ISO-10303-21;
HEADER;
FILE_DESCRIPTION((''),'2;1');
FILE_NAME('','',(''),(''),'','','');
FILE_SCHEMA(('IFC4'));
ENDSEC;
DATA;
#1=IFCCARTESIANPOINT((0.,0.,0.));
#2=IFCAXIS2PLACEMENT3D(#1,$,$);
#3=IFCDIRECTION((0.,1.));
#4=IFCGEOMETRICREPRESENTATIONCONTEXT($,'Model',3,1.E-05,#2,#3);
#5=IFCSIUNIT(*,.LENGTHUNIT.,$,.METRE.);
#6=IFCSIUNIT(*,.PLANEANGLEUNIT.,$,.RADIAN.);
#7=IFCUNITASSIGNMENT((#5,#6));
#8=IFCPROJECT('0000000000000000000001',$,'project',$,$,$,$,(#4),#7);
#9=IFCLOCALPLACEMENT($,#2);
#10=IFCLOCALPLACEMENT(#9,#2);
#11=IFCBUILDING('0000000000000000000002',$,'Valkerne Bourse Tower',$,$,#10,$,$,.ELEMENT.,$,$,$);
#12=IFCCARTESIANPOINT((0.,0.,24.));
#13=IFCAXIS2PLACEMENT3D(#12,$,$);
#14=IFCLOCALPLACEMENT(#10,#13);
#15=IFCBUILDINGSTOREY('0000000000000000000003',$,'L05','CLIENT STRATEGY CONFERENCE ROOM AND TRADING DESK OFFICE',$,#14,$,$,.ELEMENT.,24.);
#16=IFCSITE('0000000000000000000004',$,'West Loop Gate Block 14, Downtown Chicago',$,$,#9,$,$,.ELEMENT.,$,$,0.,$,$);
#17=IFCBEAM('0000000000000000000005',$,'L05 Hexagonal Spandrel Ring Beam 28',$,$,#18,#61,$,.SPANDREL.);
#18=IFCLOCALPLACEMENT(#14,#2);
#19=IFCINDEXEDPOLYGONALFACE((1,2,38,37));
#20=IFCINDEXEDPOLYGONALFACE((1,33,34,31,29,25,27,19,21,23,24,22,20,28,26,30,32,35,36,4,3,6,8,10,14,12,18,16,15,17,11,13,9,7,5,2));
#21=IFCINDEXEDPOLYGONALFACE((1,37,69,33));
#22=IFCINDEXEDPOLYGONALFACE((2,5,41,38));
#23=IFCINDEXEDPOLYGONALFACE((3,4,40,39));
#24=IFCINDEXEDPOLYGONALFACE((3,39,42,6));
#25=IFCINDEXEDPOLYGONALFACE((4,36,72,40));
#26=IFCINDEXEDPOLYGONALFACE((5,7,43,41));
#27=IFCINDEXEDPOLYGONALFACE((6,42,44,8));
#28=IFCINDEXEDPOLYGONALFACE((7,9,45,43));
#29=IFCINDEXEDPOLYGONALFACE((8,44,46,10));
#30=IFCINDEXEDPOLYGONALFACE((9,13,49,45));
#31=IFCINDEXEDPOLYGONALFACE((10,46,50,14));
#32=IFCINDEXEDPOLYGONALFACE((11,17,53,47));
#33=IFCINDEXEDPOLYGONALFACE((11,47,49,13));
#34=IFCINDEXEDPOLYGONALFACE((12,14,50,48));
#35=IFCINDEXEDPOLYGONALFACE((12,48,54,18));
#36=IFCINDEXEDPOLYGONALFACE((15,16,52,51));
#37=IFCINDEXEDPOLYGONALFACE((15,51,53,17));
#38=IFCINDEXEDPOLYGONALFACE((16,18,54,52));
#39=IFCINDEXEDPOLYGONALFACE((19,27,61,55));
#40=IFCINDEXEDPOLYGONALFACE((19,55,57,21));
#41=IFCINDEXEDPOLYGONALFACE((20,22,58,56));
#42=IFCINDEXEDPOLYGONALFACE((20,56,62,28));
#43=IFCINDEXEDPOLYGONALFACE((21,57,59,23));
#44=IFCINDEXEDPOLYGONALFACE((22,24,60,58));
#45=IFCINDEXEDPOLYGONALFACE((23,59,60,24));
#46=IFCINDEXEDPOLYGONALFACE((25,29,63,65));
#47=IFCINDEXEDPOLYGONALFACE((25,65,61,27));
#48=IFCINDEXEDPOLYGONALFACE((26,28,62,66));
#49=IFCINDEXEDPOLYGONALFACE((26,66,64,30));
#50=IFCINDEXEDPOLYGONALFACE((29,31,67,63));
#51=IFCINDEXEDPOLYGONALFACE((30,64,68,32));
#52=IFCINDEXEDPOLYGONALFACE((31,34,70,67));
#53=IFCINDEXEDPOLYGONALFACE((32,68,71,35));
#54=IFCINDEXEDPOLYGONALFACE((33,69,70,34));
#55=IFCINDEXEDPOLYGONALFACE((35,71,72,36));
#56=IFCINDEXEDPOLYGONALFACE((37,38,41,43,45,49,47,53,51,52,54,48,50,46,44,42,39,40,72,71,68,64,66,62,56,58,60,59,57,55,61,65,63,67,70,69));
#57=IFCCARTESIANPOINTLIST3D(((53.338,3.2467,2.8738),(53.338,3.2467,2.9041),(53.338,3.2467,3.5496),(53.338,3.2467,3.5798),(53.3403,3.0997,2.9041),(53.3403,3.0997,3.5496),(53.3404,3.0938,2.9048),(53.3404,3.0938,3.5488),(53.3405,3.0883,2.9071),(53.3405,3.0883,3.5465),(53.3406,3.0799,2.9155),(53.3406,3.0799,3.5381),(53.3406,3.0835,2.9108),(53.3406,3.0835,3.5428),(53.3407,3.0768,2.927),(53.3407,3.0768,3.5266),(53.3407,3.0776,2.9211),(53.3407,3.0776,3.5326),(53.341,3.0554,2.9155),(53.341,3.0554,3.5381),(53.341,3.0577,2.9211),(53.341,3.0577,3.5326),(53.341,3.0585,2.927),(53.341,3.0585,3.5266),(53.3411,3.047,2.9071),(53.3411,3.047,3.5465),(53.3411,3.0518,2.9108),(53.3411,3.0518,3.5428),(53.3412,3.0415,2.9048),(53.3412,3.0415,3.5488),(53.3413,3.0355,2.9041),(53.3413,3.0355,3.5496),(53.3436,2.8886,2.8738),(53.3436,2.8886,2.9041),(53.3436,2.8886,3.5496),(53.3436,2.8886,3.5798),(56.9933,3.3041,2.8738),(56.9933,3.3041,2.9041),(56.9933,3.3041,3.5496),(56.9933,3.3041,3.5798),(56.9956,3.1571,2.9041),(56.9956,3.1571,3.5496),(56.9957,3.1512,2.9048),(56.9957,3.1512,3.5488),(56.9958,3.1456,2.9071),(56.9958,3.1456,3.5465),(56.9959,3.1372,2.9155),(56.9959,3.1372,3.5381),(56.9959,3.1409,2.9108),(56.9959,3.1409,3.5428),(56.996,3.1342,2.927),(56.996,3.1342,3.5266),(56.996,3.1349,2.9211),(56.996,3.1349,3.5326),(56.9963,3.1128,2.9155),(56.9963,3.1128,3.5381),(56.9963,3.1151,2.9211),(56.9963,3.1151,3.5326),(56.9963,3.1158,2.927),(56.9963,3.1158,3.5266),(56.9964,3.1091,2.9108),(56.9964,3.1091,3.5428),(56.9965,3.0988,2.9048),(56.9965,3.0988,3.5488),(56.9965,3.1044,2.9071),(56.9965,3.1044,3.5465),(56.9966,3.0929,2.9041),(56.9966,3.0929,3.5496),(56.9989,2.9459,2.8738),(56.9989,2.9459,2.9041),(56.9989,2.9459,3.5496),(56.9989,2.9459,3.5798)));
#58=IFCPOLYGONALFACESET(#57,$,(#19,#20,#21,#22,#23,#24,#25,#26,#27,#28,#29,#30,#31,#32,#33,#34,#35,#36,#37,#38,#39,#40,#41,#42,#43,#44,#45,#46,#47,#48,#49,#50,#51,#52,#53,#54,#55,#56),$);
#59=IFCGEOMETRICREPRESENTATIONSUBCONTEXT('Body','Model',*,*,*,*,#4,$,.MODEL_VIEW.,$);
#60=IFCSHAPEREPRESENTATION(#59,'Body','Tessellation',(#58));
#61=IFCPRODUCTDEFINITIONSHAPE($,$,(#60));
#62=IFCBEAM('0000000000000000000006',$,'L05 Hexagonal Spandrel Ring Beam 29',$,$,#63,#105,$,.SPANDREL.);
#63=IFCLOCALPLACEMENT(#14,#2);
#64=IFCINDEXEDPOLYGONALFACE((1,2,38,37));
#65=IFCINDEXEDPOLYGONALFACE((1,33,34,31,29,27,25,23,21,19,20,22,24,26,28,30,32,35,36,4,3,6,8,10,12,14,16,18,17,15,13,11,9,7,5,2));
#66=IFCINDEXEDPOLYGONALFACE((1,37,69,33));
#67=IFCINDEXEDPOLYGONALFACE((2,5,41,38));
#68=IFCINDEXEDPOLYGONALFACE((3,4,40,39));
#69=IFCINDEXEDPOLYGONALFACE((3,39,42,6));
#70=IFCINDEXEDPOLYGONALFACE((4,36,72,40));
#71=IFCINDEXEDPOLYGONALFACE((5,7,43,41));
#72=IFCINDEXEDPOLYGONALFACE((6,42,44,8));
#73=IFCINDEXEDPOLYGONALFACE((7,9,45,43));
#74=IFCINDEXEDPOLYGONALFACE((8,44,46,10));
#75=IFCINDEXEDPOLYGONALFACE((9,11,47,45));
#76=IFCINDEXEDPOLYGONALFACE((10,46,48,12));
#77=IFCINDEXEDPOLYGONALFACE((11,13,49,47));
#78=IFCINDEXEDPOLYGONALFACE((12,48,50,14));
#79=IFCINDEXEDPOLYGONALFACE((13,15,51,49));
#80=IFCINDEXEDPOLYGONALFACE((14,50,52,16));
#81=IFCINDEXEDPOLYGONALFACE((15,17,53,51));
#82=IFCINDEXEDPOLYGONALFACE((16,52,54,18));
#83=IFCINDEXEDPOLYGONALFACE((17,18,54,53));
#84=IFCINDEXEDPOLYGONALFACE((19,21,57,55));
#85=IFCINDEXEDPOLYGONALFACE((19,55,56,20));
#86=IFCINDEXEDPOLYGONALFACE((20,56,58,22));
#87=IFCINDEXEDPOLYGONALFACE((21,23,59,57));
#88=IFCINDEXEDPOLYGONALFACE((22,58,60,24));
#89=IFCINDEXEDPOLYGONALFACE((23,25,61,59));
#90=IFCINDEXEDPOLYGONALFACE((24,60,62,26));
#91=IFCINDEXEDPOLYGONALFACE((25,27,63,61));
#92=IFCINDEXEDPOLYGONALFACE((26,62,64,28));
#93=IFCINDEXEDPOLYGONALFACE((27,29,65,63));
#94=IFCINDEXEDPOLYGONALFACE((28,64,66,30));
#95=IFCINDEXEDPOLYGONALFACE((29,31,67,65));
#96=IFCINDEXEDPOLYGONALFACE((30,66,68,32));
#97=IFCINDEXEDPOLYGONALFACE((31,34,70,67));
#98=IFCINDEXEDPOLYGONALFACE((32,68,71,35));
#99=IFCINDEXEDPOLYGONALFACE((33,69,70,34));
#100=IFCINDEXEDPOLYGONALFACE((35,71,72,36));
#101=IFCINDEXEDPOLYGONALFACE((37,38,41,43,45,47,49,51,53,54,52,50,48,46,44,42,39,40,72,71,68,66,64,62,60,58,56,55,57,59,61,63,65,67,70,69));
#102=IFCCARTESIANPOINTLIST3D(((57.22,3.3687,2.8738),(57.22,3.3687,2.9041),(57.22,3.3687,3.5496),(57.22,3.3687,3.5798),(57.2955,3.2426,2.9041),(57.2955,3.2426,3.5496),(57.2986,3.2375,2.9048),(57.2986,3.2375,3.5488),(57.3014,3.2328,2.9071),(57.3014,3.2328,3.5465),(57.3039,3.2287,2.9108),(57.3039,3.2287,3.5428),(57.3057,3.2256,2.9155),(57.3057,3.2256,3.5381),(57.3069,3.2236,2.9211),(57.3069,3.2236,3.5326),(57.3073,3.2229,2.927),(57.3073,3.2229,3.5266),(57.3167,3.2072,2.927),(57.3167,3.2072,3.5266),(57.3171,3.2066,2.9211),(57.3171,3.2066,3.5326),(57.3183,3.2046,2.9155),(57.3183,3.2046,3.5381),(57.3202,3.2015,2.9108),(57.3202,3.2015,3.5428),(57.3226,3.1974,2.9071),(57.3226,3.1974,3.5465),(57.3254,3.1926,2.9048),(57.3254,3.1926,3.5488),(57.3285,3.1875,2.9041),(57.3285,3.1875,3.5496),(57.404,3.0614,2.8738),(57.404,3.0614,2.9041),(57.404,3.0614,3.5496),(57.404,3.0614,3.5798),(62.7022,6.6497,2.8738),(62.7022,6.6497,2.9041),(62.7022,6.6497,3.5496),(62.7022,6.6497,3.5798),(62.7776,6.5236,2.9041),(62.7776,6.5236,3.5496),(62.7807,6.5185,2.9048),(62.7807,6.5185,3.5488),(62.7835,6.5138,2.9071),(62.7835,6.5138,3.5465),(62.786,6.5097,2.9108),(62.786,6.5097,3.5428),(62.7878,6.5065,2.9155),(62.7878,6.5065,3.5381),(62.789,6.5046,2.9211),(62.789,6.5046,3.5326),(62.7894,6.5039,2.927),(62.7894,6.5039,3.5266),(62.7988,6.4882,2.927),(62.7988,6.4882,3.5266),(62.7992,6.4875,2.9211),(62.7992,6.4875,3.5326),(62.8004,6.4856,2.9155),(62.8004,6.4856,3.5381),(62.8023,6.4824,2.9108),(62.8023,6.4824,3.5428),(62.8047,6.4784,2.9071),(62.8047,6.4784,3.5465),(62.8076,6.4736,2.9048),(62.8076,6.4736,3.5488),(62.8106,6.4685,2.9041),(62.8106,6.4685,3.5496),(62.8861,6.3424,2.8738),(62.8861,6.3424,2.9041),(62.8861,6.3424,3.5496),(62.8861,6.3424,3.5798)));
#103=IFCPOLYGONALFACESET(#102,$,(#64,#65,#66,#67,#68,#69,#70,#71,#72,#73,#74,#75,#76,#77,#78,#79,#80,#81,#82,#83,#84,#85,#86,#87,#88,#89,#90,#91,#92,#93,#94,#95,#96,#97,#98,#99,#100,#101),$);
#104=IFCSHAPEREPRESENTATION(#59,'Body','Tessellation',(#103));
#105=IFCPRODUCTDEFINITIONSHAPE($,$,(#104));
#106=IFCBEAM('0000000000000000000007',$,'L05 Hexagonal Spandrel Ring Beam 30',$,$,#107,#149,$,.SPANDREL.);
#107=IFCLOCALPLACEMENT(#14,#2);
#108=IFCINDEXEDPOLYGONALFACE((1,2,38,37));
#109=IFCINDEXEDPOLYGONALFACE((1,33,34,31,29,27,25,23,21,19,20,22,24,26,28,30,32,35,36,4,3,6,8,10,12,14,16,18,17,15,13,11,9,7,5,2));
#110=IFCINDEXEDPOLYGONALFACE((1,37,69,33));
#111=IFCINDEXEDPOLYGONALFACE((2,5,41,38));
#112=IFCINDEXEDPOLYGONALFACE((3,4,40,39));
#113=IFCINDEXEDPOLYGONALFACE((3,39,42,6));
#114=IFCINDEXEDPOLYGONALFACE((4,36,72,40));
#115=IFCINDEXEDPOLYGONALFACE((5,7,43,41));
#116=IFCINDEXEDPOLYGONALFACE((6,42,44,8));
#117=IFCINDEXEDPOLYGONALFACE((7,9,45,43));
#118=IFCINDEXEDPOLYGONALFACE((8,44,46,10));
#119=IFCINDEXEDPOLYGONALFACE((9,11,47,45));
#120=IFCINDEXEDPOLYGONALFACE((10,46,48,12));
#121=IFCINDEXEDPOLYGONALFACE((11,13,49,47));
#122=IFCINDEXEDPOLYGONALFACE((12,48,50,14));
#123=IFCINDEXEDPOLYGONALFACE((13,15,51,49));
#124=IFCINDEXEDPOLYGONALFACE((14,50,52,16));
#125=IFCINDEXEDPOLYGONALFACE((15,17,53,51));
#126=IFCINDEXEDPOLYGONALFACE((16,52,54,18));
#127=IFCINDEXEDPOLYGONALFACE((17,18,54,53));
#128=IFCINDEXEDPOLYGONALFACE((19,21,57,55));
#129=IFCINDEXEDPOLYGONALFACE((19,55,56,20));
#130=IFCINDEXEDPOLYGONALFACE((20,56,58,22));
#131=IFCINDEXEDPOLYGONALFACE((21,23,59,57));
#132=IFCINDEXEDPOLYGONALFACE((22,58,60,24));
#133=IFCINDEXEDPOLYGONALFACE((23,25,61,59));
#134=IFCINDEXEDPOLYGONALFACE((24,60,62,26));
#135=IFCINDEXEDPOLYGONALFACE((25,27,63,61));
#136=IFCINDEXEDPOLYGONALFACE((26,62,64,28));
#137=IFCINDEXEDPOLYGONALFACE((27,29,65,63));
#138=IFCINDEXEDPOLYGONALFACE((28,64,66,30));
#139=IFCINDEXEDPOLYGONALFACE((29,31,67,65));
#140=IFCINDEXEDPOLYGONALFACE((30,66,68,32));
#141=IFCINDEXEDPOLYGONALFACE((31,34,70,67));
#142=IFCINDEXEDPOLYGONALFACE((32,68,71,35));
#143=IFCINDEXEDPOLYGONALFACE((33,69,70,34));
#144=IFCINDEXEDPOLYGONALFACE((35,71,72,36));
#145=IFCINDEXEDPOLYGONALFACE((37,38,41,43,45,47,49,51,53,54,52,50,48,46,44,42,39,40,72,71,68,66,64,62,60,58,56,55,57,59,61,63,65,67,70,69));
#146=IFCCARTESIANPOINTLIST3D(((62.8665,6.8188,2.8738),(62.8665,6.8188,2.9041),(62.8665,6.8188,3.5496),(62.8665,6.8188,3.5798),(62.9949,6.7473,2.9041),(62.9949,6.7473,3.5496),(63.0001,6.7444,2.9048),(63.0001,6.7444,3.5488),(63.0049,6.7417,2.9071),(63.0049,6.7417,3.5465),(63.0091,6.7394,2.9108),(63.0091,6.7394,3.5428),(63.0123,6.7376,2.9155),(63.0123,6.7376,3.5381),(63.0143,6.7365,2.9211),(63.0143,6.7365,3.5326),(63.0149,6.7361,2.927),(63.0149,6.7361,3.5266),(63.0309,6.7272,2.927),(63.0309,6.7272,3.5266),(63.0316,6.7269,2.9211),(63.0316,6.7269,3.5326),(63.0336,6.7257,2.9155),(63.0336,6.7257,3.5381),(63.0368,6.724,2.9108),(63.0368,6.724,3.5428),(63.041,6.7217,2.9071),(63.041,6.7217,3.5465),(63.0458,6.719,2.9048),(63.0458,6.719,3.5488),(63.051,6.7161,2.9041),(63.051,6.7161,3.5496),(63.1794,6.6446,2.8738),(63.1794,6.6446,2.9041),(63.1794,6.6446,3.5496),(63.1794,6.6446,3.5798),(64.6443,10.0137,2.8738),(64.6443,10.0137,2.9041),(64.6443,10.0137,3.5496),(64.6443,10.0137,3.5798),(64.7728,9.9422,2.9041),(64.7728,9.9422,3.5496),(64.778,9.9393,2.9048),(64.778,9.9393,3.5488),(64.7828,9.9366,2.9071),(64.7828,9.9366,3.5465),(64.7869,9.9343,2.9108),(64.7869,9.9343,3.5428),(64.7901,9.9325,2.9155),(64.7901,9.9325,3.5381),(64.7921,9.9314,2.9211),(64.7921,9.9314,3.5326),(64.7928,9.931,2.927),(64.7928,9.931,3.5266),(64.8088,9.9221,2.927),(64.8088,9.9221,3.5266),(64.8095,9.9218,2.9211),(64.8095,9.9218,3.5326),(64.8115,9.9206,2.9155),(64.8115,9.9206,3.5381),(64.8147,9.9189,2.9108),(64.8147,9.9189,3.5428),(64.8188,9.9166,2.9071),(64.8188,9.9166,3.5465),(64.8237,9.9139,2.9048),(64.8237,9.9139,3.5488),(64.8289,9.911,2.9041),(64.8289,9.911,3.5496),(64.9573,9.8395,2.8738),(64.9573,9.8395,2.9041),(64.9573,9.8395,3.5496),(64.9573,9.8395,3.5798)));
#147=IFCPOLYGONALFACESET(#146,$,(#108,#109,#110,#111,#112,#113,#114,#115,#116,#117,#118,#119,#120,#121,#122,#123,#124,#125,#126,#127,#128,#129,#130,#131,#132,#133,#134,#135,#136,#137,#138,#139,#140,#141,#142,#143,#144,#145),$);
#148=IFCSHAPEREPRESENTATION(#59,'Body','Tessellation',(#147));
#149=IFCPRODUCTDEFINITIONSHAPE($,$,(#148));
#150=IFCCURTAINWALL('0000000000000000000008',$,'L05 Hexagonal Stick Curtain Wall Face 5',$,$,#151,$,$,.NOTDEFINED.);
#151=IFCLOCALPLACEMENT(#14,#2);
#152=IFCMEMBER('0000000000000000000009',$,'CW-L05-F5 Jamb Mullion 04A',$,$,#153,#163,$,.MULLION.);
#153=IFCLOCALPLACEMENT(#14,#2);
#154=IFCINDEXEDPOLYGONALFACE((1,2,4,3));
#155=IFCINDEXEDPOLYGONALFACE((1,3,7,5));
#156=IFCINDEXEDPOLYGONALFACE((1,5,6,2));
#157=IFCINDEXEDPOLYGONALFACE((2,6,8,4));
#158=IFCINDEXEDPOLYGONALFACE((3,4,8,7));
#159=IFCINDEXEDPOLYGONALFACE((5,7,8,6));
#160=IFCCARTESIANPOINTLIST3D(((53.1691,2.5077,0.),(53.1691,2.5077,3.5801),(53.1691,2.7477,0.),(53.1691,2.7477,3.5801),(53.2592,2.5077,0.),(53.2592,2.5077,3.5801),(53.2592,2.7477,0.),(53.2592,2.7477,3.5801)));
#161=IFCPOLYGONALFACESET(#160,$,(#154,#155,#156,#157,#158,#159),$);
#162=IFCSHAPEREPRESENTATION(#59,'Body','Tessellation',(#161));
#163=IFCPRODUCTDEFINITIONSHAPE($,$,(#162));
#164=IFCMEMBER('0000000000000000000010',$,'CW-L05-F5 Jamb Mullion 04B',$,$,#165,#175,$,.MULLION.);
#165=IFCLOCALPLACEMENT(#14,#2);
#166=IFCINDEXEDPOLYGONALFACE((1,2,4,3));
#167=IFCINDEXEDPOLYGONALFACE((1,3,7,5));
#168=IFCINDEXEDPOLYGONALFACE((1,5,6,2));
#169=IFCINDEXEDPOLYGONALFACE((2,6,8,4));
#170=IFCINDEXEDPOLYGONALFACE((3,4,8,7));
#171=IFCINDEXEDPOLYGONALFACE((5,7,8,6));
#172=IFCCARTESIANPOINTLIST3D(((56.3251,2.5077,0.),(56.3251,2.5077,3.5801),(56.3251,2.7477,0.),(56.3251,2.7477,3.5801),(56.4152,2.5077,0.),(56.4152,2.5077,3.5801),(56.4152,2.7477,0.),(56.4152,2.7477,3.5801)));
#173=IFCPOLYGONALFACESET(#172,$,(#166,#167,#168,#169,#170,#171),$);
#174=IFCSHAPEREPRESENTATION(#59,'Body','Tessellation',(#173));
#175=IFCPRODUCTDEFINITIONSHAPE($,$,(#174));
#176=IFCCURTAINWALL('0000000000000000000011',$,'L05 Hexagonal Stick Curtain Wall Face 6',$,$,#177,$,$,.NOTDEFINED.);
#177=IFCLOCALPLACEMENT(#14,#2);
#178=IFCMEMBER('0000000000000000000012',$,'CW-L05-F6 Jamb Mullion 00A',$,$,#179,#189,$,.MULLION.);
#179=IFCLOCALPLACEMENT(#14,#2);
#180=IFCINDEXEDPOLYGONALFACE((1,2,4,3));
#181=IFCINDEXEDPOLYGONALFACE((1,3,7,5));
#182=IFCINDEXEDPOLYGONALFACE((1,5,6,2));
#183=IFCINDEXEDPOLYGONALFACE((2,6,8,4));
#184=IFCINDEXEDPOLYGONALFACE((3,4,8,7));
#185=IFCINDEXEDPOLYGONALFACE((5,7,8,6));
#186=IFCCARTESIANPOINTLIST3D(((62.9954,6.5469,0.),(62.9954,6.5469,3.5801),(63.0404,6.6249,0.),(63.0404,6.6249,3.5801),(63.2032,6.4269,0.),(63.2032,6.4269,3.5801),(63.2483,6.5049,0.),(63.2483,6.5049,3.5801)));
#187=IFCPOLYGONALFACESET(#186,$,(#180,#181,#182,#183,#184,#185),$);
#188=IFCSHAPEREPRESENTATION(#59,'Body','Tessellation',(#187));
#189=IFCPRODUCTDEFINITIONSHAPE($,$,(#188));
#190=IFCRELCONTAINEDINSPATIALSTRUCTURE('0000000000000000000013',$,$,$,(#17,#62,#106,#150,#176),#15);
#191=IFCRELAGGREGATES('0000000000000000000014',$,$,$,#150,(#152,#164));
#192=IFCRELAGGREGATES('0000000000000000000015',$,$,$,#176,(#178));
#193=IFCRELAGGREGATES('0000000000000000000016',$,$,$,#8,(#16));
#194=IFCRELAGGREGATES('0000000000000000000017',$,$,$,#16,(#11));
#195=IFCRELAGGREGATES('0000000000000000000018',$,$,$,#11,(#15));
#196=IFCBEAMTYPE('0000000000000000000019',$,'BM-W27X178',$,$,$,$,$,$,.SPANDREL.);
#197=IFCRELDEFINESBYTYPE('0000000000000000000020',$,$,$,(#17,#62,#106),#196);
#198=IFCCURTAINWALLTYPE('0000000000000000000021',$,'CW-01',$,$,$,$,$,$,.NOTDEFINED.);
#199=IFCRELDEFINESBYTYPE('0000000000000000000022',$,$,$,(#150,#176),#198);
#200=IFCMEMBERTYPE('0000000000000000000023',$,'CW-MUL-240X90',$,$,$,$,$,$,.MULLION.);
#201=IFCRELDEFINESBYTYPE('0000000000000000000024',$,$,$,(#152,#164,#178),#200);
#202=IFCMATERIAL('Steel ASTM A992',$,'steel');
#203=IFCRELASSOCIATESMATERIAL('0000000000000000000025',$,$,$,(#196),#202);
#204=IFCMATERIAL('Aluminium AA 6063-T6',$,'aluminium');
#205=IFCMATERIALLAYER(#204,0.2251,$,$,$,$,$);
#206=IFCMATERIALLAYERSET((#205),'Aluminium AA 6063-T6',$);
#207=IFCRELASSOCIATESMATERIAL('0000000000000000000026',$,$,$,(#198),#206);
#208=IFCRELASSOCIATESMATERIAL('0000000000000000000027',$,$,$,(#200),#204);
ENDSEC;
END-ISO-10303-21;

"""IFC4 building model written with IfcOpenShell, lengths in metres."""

from ifc_helpers import new_model, si_unit, direction, frame, origin, origin_2d, place, context, subcontext, project, spatial, rectangle, i_section, extrude, material, layer, layer_set, material_profile, profile_set, type_object, element, aggregate, save


model = new_model("IFC4")

# Units and contexts
model_context = context("Model", 3, precision=1e-05, world=origin(), true_north=direction((0.0, 1.0)))
body_context = subcontext(model_context, "Body", "Model", "MODEL_VIEW")
ifc_project = project(units=[si_unit("LENGTHUNIT", "METRE"), si_unit("PLANEANGLEUNIT", "RADIAN")], contexts=[model_context])

# Site, building, storey
site_placement = place(None, origin())
site = spatial("IfcSite", under=ifc_project, at=site_placement, Name="West Loop Gate Block 14, Downtown Chicago", CompositionType="ELEMENT", RefElevation=0.0)
building_placement = place(site_placement, origin())
building = spatial("IfcBuilding", under=site, at=building_placement, Name="Valkerne Bourse Tower", CompositionType="ELEMENT")
storey_placement = place(building_placement, frame((0.0, 0.0, 24.0)))
storey = spatial("IfcBuildingStorey", under=building, at=storey_placement, Name="L05", Description="CLIENT STRATEGY CONFERENCE ROOM AND TRADING DESK OFFICE", CompositionType="ELEMENT", Elevation=24.0)

# Beams
ifc_material_1 = material(Name="Steel ASTM A992", Category="steel")
ifc_material_profile_1 = material_profile(ifc_material_1, i_section(OverallWidth=0.3582, OverallDepth=0.7061, WebThickness=0.0183, FlangeThickness=0.0303, FilletRadius=0.0229, at=origin_2d()), Name="W27X178")
ifc_profile_set_1 = profile_set([ifc_material_profile_1], Name="Steel ASTM A992")
beam_type = type_object("IfcBeamType", Name="BM-W27X178", PredefinedType="SPANDREL", material=ifc_profile_set_1)
beam_1_placement = place(storey_placement, frame((53.3408, 3.0676, 3.2268), z_axis=(0.999877, 0.015694, 0.0), x_axis=(-0.015694, 0.999877, 0.0)))
element("IfcBeam", 1, at=beam_1_placement, inside=storey, type_object=beam_type, Name="L05 Hexagonal Spandrel Ring Beam 28", PredefinedType="SPANDREL", context=body_context, shape_type="SweptSolid", body=[
    extrude(i_section(OverallWidth=0.3582, OverallDepth=0.7061, WebThickness=0.0183, FlangeThickness=0.0303, FilletRadius=0.0229, at=origin_2d()), origin(), (0.0, 0.0, 1.0), 3.6558),
])
beam_2_placement = place(storey_placement, frame((57.312, 3.2151, 3.2268), z_axis=(0.858066, 0.51354, 0.0), x_axis=(-0.51354, 0.858066, 0.0)))
element("IfcBeam", 2, at=beam_2_placement, inside=storey, type_object=beam_type, Name="L05 Hexagonal Spandrel Ring Beam 29", PredefinedType="SPANDREL", context=body_context, shape_type="SweptSolid", body=[
    extrude(i_section(OverallWidth=0.3582, OverallDepth=0.7061, WebThickness=0.0183, FlangeThickness=0.0303, FilletRadius=0.0229, at=origin_2d()), origin(), (0.0, 0.0, 1.0), 6.3889),
])
beam_3_placement = place(storey_placement, frame((63.0229, 6.7317, 3.2268), z_axis=(0.486255, 0.873817, 0.0), x_axis=(-0.873817, 0.486255, 0.0)))
element("IfcBeam", 3, at=beam_3_placement, inside=storey, type_object=beam_type, Name="L05 Hexagonal Spandrel Ring Beam 30", PredefinedType="SPANDREL", context=body_context, shape_type="SweptSolid", body=[
    extrude(i_section(OverallWidth=0.3582, OverallDepth=0.7061, WebThickness=0.0183, FlangeThickness=0.0303, FilletRadius=0.0229, at=origin_2d()), origin(), (0.0, 0.0, 1.0), 3.6562),
])

# Curtain walls, members
ifc_material_2 = material(Name="Aluminium AA 6063-T6", Category="aluminium")
ifc_layer_1 = layer(ifc_material_2, 0.2251)
ifc_layer_set_1 = layer_set([ifc_layer_1], Name="Aluminium AA 6063-T6")
curtain_wall_type = type_object("IfcCurtainWallType", Name="CW-01", PredefinedType="NOTDEFINED", material=ifc_layer_set_1)
curtain_wall_1_placement = place(storey_placement, origin())
curtain_wall_1 = element("IfcCurtainWall", 4, at=curtain_wall_1_placement, inside=storey, type_object=curtain_wall_type, Name="L05 Hexagonal Stick Curtain Wall Face 5", PredefinedType="NOTDEFINED")
ifc_material_profile_2 = material_profile(ifc_material_2, rectangle(XDim=0.0901, YDim=0.24, at=origin_2d()), Name="CWM-90X240")
ifc_profile_set_2 = profile_set([ifc_material_profile_2], Name="Aluminium AA 6063-T6")
member_type_1 = type_object("IfcMemberType", Name="CW-MUL-240X90", PredefinedType="MULLION", material=ifc_profile_set_2)
member_1_placement = place(storey_placement, frame((53.2141, 2.6277, 0.0), z_axis=(0.0, 0.0, 1.0), x_axis=(1.0, 0.0, 0.0)))
member_1 = element("IfcMember", 5, at=member_1_placement, type_object=member_type_1, Name="CW-L05-F5 Jamb Mullion 04A", PredefinedType="MULLION", context=body_context, shape_type="SweptSolid", body=[
    extrude(rectangle(XDim=0.0901, YDim=0.24, at=origin_2d()), origin(), (0.0, 0.0, 1.0), 3.5801),
])
member_2_placement = place(storey_placement, frame((56.3701, 2.6277, 0.0), z_axis=(0.0, 0.0, 1.0), x_axis=(1.0, 0.0, 0.0)))
member_2 = element("IfcMember", 6, at=member_2_placement, type_object=member_type_1, Name="CW-L05-F5 Jamb Mullion 04B", PredefinedType="MULLION", context=body_context, shape_type="SweptSolid", body=[
    extrude(rectangle(XDim=0.0901, YDim=0.24, at=origin_2d()), origin(), (0.0, 0.0, 1.0), 3.5801),
])
curtain_wall_2_placement = place(storey_placement, origin())
curtain_wall_2 = element("IfcCurtainWall", 7, at=curtain_wall_2_placement, inside=storey, type_object=curtain_wall_type, Name="L05 Hexagonal Stick Curtain Wall Face 6", PredefinedType="NOTDEFINED")
member_3_placement = place(storey_placement, frame((63.1218, 6.5259, 0.0), z_axis=(0.0, 0.0, 1.0), x_axis=(0.500004, 0.866023, 0.0)))
member_3 = element("IfcMember", 8, at=member_3_placement, type_object=member_type_1, Name="CW-L05-F6 Jamb Mullion 00A", PredefinedType="MULLION", context=body_context, shape_type="SweptSolid", body=[
    extrude(rectangle(XDim=0.0901, YDim=0.24, at=origin_2d()), origin(), (0.0, 0.0, 1.0), 3.5801),
])

aggregate(curtain_wall_1, [member_1, member_2])
aggregate(curtain_wall_2, [member_3])

save(model, "model.ifc")
